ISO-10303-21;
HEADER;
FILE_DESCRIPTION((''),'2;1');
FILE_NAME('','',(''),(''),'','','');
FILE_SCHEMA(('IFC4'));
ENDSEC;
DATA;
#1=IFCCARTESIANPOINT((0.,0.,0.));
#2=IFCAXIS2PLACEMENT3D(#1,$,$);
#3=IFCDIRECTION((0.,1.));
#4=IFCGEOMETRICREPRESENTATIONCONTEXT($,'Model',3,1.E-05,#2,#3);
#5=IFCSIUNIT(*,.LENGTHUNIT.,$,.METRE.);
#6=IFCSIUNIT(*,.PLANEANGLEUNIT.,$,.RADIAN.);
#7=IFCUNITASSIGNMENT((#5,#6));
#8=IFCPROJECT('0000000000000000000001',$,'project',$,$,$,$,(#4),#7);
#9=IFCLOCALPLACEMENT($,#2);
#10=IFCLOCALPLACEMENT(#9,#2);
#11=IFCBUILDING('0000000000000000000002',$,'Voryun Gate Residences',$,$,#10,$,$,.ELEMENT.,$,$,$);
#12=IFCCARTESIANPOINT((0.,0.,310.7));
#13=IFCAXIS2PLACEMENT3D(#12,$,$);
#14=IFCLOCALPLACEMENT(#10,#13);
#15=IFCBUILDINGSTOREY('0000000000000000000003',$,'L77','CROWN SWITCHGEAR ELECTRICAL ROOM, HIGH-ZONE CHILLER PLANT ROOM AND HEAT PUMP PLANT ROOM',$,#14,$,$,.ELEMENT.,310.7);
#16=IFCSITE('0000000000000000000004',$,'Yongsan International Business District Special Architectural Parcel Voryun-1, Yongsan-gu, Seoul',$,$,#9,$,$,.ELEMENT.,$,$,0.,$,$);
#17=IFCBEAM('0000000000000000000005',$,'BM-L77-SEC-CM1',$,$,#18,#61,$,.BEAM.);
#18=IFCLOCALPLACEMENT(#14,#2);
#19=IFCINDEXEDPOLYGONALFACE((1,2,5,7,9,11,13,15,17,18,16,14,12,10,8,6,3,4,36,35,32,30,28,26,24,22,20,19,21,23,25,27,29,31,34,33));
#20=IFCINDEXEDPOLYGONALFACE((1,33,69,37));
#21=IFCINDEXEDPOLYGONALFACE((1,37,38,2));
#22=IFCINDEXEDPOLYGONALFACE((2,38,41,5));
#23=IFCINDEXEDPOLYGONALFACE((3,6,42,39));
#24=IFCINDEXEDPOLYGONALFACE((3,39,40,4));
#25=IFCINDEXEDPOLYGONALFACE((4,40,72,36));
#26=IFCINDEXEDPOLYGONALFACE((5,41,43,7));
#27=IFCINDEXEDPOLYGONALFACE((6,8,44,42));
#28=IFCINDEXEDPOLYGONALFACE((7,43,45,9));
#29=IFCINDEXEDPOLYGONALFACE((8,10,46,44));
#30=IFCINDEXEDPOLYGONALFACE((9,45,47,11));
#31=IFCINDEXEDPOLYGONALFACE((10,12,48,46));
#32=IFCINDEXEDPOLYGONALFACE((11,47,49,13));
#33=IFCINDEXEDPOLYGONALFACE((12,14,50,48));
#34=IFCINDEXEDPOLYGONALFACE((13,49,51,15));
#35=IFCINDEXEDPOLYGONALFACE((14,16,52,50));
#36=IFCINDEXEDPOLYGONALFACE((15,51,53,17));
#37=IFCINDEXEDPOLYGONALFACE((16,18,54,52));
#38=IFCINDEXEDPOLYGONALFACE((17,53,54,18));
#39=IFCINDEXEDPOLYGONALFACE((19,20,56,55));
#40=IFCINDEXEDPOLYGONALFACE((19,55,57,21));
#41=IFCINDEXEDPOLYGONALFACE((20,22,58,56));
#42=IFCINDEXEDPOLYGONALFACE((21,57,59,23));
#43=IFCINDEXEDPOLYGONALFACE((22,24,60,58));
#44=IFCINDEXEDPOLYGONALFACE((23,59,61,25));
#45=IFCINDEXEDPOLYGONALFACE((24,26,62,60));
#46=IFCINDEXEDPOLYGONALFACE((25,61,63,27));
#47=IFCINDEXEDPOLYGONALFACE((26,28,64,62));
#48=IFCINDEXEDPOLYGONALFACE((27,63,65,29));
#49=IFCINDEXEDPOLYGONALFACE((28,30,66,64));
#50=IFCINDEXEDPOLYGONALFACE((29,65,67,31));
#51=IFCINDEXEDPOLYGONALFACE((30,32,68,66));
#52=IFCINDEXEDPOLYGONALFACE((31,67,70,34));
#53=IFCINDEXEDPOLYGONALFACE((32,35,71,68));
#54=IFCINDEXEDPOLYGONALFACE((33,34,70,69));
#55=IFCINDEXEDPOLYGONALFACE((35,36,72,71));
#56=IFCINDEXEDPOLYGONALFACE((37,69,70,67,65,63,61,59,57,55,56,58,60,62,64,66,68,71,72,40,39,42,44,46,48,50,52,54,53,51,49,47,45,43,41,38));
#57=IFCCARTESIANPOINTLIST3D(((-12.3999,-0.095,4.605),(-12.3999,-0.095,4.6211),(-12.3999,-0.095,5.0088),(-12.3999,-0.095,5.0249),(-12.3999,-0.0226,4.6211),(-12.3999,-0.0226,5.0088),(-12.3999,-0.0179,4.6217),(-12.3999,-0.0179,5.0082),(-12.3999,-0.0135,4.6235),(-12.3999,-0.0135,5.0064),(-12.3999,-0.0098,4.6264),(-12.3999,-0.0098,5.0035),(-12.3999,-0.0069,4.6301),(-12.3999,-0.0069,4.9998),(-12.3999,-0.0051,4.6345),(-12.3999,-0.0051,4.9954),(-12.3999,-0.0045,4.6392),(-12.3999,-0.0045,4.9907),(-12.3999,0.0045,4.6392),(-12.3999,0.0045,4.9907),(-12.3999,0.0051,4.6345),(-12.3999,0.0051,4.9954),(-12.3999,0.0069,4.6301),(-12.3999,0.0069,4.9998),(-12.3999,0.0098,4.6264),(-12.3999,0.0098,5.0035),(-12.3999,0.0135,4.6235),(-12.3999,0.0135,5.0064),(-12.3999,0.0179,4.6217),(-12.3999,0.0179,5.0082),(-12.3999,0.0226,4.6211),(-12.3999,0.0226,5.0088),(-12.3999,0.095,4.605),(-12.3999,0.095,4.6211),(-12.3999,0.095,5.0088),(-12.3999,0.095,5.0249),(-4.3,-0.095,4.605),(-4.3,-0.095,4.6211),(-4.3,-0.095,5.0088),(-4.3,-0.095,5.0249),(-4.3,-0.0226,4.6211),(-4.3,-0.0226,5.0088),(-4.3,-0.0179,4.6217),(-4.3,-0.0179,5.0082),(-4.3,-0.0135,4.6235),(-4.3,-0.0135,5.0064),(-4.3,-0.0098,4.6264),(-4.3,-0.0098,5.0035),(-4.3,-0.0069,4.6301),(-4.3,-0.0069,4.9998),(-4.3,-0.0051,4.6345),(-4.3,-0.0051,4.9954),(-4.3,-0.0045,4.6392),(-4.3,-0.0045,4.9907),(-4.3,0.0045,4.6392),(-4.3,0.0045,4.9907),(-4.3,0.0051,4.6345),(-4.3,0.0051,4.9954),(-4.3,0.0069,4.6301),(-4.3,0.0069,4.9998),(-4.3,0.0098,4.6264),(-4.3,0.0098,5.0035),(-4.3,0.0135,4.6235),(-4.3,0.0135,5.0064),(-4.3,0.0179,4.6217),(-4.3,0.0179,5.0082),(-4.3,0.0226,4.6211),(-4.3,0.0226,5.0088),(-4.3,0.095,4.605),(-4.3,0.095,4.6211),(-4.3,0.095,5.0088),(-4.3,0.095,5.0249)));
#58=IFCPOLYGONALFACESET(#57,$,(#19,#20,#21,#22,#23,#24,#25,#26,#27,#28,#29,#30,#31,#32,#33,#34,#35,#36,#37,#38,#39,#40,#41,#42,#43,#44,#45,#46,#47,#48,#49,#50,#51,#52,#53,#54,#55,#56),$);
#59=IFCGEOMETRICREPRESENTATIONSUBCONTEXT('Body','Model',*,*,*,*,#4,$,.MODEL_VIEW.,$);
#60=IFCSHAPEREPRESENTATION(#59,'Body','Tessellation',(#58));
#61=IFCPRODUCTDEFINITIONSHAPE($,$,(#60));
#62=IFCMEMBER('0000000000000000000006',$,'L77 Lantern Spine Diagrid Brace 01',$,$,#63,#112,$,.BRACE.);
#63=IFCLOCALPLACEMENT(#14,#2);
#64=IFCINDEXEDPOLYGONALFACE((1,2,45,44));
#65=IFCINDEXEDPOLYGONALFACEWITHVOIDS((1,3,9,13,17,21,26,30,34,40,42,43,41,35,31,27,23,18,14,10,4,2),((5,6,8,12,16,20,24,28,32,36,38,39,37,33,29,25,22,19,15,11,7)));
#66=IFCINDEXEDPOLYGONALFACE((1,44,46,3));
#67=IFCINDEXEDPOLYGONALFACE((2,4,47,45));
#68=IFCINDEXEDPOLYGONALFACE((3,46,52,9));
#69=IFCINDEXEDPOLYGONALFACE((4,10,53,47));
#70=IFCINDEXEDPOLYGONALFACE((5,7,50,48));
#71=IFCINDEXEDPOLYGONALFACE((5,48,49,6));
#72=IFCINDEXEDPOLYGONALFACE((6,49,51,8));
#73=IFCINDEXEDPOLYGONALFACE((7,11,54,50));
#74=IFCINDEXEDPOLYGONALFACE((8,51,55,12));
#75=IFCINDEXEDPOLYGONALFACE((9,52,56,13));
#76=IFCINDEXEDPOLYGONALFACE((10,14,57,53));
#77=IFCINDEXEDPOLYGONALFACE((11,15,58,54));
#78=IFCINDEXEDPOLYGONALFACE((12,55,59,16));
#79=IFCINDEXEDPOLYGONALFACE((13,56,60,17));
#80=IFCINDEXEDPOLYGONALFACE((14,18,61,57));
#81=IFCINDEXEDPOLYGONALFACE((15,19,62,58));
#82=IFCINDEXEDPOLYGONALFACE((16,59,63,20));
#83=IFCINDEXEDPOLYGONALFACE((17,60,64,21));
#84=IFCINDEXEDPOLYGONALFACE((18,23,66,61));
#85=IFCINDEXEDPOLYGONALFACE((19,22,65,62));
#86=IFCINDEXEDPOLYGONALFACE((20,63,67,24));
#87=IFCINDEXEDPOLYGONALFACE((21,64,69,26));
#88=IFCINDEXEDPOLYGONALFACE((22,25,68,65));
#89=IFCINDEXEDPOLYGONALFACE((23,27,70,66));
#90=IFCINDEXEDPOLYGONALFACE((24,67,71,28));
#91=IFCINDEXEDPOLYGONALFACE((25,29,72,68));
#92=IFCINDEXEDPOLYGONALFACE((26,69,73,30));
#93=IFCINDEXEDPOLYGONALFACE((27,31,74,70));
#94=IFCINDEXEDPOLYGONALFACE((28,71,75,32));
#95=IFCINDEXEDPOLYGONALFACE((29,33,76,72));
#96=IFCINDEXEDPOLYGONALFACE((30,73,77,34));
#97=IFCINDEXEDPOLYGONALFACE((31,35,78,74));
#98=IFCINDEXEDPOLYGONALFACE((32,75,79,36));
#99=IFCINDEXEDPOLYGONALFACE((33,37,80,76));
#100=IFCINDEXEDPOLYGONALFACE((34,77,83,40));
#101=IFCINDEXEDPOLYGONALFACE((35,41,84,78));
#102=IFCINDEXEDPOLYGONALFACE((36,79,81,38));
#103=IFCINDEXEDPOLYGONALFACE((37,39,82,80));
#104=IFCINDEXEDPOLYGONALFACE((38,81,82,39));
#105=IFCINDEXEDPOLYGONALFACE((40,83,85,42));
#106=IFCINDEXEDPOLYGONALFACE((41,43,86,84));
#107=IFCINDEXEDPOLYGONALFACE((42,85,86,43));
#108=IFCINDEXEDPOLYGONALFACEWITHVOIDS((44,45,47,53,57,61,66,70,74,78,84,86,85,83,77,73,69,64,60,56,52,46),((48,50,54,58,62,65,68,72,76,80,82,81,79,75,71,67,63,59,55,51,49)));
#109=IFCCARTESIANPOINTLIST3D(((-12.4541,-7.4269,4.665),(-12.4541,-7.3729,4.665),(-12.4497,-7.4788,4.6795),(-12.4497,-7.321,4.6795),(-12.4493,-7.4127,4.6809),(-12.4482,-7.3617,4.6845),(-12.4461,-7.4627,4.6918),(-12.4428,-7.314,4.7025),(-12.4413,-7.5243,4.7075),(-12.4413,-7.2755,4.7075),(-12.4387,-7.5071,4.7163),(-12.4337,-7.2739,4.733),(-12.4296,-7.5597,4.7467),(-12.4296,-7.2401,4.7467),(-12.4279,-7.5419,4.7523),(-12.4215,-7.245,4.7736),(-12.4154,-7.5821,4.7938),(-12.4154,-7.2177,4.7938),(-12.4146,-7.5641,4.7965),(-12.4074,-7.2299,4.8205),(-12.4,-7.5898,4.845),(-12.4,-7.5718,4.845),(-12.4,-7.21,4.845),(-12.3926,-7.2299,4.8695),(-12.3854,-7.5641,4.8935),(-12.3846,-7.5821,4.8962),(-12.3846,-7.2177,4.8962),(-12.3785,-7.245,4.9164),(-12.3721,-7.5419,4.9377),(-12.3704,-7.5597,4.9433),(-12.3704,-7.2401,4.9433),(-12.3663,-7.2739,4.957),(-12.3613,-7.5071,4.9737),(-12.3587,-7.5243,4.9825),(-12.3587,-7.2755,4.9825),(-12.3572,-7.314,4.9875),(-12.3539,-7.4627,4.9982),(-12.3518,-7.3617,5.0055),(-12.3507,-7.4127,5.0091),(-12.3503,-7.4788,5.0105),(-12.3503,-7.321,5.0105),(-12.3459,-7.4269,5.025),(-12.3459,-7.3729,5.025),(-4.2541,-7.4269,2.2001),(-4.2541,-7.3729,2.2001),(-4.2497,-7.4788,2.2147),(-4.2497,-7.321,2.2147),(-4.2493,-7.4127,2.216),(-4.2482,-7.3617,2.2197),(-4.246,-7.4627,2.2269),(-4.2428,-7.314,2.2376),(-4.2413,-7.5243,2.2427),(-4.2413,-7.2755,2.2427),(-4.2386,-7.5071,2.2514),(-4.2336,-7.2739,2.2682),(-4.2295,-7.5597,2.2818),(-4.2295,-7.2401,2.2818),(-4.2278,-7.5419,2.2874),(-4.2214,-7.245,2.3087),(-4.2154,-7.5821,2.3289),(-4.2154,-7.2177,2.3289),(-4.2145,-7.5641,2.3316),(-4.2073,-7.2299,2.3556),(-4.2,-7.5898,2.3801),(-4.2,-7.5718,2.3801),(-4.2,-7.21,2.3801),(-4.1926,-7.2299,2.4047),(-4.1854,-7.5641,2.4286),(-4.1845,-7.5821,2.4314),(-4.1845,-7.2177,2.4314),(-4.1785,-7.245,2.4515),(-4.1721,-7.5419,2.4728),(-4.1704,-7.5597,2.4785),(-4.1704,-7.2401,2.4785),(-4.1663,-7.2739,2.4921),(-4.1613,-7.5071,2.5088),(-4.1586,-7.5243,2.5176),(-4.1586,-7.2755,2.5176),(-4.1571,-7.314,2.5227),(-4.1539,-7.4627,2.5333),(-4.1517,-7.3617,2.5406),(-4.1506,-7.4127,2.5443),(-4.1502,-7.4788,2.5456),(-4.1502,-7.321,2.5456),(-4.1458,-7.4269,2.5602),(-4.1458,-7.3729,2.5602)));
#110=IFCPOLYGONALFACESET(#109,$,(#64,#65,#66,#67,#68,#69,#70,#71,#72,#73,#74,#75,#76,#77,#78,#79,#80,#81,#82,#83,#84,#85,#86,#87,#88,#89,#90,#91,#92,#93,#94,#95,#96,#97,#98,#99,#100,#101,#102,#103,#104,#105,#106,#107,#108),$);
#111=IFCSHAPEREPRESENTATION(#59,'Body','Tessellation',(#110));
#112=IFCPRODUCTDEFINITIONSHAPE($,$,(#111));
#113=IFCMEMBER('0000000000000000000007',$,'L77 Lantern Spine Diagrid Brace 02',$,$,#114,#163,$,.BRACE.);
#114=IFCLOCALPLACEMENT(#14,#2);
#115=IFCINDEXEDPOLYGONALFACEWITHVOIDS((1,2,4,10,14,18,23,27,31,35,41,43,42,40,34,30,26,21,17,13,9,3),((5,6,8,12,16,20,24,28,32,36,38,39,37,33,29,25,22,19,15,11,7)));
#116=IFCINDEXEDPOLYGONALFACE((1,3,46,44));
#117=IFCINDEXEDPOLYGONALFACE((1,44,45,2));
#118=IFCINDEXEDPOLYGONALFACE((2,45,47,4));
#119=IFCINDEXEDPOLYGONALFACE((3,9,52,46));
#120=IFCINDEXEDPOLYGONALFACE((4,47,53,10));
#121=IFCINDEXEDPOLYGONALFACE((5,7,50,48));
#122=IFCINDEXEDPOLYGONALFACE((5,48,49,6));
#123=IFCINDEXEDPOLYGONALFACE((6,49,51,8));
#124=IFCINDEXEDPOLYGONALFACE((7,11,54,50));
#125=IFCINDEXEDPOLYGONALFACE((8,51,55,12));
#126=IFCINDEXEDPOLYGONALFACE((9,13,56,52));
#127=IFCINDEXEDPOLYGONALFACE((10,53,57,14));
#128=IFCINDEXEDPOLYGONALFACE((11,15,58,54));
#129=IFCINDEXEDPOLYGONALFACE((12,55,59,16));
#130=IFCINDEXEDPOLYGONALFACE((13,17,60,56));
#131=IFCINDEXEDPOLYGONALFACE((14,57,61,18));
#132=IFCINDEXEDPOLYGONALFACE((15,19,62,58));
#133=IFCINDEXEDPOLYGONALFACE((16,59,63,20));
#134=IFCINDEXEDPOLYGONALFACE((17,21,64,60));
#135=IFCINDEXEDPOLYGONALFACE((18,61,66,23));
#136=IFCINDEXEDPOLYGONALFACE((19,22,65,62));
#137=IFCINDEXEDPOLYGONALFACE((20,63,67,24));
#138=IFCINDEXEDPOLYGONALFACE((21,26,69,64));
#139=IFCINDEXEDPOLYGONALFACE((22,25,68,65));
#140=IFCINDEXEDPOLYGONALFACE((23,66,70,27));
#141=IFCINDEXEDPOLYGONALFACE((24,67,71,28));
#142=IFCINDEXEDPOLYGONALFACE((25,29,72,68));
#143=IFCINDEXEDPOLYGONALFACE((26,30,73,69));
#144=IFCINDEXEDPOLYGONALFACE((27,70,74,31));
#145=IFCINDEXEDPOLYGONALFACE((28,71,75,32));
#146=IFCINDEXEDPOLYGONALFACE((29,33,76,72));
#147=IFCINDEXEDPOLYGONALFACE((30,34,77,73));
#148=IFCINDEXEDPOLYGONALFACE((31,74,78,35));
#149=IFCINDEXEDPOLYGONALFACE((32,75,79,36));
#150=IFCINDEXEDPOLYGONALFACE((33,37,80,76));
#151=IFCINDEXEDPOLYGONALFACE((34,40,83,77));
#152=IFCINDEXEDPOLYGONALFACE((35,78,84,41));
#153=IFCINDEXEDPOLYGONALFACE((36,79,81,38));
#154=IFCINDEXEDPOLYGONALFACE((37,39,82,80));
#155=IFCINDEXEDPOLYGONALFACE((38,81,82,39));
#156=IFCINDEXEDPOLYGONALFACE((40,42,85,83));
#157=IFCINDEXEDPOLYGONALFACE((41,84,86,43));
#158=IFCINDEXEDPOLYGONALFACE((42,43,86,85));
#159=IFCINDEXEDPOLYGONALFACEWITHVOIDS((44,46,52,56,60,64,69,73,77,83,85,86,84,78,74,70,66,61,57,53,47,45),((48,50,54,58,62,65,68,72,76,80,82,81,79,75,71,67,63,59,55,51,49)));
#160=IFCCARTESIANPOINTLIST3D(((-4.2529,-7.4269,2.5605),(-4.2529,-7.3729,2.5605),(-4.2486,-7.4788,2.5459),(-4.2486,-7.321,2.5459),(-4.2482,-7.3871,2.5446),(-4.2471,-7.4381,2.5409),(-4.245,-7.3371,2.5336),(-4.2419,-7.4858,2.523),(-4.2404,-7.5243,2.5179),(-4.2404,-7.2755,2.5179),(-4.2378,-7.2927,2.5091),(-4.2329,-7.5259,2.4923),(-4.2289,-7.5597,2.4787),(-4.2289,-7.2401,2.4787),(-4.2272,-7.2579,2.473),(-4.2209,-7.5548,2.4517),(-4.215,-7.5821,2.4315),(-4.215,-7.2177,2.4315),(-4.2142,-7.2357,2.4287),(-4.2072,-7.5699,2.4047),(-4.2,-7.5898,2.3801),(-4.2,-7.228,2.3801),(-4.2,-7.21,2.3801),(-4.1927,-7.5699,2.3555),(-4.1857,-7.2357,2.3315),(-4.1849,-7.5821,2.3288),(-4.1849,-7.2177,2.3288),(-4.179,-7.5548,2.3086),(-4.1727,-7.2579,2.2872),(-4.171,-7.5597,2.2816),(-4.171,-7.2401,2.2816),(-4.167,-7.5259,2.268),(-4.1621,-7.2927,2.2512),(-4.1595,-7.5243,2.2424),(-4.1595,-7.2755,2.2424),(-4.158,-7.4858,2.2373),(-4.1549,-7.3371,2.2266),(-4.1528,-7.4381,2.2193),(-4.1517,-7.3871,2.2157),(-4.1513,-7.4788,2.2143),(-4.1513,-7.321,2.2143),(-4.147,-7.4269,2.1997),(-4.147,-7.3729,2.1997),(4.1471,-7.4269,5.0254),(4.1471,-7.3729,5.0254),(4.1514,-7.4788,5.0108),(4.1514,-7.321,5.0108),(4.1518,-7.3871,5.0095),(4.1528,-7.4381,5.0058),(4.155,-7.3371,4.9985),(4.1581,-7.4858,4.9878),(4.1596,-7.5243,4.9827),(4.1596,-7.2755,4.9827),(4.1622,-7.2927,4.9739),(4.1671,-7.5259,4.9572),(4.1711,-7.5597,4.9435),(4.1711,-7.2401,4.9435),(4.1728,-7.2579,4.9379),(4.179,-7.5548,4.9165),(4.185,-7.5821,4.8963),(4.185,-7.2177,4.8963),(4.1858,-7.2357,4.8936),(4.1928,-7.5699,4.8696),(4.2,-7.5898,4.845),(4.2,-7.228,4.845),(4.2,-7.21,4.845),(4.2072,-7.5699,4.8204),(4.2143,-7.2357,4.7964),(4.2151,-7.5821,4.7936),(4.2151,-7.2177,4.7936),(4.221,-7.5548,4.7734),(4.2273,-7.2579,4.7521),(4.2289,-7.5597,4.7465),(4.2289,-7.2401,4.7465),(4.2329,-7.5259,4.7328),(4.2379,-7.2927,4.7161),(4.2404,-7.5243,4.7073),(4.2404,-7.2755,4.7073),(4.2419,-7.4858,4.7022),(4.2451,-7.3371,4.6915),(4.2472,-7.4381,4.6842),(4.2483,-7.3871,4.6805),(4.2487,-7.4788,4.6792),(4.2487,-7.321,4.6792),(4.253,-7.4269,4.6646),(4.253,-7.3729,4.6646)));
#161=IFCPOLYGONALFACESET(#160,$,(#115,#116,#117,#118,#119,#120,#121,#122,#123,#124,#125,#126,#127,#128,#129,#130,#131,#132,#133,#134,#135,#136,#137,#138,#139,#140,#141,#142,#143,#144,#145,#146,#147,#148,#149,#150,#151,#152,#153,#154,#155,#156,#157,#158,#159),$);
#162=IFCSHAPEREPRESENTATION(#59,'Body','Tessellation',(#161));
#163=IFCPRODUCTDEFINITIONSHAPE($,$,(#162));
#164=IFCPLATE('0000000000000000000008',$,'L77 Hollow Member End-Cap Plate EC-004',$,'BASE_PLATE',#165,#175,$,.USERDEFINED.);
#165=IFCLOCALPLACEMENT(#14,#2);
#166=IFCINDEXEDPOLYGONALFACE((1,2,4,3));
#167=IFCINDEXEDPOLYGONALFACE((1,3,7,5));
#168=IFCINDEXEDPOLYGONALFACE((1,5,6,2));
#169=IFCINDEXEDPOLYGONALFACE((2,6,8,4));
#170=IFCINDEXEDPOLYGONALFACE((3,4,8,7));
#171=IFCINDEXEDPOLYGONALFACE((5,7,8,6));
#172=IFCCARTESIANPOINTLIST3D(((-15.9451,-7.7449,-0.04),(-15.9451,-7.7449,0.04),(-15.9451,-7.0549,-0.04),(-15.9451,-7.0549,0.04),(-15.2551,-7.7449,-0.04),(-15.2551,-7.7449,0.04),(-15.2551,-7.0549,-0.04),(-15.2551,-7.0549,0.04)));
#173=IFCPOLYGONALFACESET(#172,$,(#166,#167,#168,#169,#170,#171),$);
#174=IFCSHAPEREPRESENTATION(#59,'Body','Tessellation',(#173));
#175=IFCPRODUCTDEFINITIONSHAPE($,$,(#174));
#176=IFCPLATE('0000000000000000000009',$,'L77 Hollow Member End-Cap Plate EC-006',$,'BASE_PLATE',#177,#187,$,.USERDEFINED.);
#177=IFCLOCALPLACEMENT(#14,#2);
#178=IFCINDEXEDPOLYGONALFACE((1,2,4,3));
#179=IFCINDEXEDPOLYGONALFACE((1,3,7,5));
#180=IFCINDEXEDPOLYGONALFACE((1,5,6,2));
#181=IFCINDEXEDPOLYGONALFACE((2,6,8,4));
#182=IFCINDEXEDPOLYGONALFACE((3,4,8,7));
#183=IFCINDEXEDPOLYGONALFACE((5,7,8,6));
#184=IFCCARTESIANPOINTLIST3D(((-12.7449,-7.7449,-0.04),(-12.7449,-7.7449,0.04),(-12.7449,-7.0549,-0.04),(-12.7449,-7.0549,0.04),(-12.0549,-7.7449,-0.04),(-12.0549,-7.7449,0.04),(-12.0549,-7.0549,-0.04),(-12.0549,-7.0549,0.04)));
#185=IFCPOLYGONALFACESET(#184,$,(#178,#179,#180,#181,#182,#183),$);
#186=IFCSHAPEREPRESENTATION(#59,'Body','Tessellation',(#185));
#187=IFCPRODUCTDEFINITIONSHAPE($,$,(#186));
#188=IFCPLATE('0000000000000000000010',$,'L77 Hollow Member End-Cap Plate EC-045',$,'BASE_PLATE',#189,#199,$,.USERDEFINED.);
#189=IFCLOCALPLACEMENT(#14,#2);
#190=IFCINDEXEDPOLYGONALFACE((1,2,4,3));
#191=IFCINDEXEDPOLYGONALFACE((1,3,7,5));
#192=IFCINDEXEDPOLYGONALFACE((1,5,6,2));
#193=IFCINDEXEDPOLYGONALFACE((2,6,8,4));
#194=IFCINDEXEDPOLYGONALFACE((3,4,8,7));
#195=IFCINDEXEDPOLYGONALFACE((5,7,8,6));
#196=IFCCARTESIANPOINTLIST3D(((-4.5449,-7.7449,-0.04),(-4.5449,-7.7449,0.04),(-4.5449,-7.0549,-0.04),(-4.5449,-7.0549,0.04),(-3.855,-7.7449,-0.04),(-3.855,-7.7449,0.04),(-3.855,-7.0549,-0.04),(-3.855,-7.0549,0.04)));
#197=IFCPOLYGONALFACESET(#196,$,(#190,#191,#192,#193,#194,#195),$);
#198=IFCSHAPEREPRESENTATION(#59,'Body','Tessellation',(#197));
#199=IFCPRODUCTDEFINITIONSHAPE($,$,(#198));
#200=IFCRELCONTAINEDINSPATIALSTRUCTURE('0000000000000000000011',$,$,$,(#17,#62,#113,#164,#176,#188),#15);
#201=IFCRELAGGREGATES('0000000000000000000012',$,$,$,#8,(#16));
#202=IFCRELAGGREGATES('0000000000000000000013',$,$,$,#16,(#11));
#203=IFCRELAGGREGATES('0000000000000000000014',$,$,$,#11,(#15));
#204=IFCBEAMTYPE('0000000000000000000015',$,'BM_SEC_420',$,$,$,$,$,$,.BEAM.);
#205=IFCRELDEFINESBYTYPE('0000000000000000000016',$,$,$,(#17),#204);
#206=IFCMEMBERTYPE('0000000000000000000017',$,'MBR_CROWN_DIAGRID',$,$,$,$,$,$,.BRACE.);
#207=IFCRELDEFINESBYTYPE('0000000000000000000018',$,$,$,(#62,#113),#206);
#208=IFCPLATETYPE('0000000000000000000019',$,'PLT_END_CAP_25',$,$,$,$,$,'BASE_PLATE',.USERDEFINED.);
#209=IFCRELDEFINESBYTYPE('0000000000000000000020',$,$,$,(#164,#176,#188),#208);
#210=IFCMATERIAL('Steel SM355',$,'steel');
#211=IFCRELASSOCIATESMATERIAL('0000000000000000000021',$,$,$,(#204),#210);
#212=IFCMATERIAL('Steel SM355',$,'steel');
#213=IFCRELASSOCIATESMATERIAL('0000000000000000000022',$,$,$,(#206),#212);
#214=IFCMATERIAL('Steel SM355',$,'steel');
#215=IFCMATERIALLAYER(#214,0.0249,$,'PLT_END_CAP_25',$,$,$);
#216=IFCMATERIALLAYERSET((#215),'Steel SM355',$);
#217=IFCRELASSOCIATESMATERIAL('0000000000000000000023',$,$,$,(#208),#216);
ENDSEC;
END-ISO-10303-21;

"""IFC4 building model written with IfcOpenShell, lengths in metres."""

from ifc_helpers import new_model, si_unit, direction, frame, origin, origin_2d, place, context, subcontext, project, spatial, rectangle, hollow_circle, i_section, extrude, material, layer, layer_set, material_profile, profile_set, type_object, element, save


model = new_model("IFC4")

# Units and contexts
model_context = context("Model", 3, precision=1e-05, world=origin(), true_north=direction((0.0, 1.0)))
body_context = subcontext(model_context, "Body", "Model", "MODEL_VIEW")
ifc_project = project(units=[si_unit("LENGTHUNIT", "METRE"), si_unit("PLANEANGLEUNIT", "RADIAN")], contexts=[model_context])

# Site, building, storey
site_placement = place(None, origin())
site = spatial("IfcSite", under=ifc_project, at=site_placement, Name="Yongsan International Business District Special Architectural Parcel Voryun-1, Yongsan-gu, Seoul", CompositionType="ELEMENT", RefElevation=0.0)
building_placement = place(site_placement, origin())
building = spatial("IfcBuilding", under=site, at=building_placement, Name="Voryun Gate Residences", CompositionType="ELEMENT")
storey_placement = place(building_placement, frame((0.0, 0.0, 310.7)))
storey = spatial("IfcBuildingStorey", under=building, at=storey_placement, Name="L77", Description="CROWN SWITCHGEAR ELECTRICAL ROOM, HIGH-ZONE CHILLER PLANT ROOM AND HEAT PUMP PLANT ROOM", CompositionType="ELEMENT", Elevation=310.7)

# Beam
ifc_material_1 = material(Name="Steel SM355", Category="steel")
ifc_material_profile_1 = material_profile(ifc_material_1, i_section(OverallWidth=0.1899, OverallDepth=0.4199, WebThickness=0.009, FlangeThickness=0.0161, FilletRadius=0.0181, at=origin_2d()), Name="H-420x190x9x16")
ifc_profile_set_1 = profile_set([ifc_material_profile_1], Name="Steel SM355")
beam_type_1 = type_object("IfcBeamType", Name="BM_SEC_420", PredefinedType="BEAM", material=ifc_profile_set_1)
beam_1_placement = place(storey_placement, frame((-12.3999, 0.0, 4.8149), z_axis=(1.0, 0.0, 0.0), x_axis=(0.0, 1.0, 0.0)))
element("IfcBeam", 1, at=beam_1_placement, inside=storey, type_object=beam_type_1, Name="BM-L77-SEC-CM1", PredefinedType="BEAM", context=body_context, shape_type="SweptSolid", body=[
    extrude(i_section(OverallWidth=0.1899, OverallDepth=0.4199, WebThickness=0.009, FlangeThickness=0.0161, FilletRadius=0.0181, at=origin_2d()), origin(), (0.0, 0.0, 1.0), 8.0999),
])

# Members
ifc_material_2 = material(Name="Steel SM355", Category="steel")
ifc_material_profile_2 = material_profile(ifc_material_2, hollow_circle(Radius=0.1899, WallThickness=0.0181, at=origin_2d()), Name="CHS-380x18")
ifc_profile_set_2 = profile_set([ifc_material_profile_2], Name="Steel SM355")
member_type = type_object("IfcMemberType", Name="MBR_CROWN_DIAGRID", PredefinedType="BRACE", material=ifc_profile_set_2)
member_1_placement = place(storey_placement, frame((-4.2, -7.3999, 2.3801), z_axis=(-0.95767, 0.0, 0.287868), x_axis=(0.0, -1.0, 0.0)))
element("IfcMember", 2, at=member_1_placement, inside=storey, type_object=member_type, Name="L77 Lantern Spine Diagrid Brace 01", PredefinedType="BRACE", context=body_context, shape_type="SweptSolid", body=[
    extrude(hollow_circle(Radius=0.1899, WallThickness=0.0181, at=origin_2d()), origin(), (0.0, 0.0, 1.0), 8.5625),
])
member_2_placement = place(storey_placement, frame((-4.2, -7.3999, 2.3801), z_axis=(0.959542, 0.0, 0.281565), x_axis=(0.0, 1.0, 0.0)))
element("IfcMember", 3, at=member_2_placement, inside=storey, type_object=member_type, Name="L77 Lantern Spine Diagrid Brace 02", PredefinedType="BRACE", context=body_context, shape_type="SweptSolid", body=[
    extrude(hollow_circle(Radius=0.1899, WallThickness=0.0181, at=origin_2d()), origin(), (0.0, 0.0, 1.0), 8.7542),
])

# Plates
ifc_material_3 = material(Name="Steel SM355", Category="steel")
ifc_layer_1 = layer(ifc_material_3, 0.0249, Name="PLT_END_CAP_25")
ifc_layer_set_1 = layer_set([ifc_layer_1], Name="Steel SM355")
plate_type_1 = type_object("IfcPlateType", Name="PLT_END_CAP_25", ElementType="BASE_PLATE", PredefinedType="USERDEFINED", material=ifc_layer_set_1)
for number, where, z_axis, x_axis, name in (
    (4, (-15.6001, -7.3999, -0.04), (0.0, 0.0, 1.0), (1.0, 0.0, 0.0), "L77 Hollow Member End-Cap Plate EC-004"),
    (5, (-12.3999, -7.3999, -0.04), (0.0, 0.0, 1.0), (1.0, 0.0, 0.0), "L77 Hollow Member End-Cap Plate EC-006"),
    (6, (-4.2, -7.3999, -0.04), (0.0, 0.0, 1.0), (1.0, 0.0, 0.0), "L77 Hollow Member End-Cap Plate EC-045"),
):
    element("IfcPlate", number, at=place(storey_placement, frame(where, z_axis=z_axis, x_axis=x_axis)), inside=storey, type_object=plate_type_1, Name=name, ObjectType="BASE_PLATE", PredefinedType="USERDEFINED", context=body_context, shape_type="SweptSolid", body=[
        extrude(rectangle(XDim=0.6899, YDim=0.6899, at=origin_2d()), origin(), (0.0, 0.0, 1.0), 0.0801),
    ])

save(model, "model.ifc")
